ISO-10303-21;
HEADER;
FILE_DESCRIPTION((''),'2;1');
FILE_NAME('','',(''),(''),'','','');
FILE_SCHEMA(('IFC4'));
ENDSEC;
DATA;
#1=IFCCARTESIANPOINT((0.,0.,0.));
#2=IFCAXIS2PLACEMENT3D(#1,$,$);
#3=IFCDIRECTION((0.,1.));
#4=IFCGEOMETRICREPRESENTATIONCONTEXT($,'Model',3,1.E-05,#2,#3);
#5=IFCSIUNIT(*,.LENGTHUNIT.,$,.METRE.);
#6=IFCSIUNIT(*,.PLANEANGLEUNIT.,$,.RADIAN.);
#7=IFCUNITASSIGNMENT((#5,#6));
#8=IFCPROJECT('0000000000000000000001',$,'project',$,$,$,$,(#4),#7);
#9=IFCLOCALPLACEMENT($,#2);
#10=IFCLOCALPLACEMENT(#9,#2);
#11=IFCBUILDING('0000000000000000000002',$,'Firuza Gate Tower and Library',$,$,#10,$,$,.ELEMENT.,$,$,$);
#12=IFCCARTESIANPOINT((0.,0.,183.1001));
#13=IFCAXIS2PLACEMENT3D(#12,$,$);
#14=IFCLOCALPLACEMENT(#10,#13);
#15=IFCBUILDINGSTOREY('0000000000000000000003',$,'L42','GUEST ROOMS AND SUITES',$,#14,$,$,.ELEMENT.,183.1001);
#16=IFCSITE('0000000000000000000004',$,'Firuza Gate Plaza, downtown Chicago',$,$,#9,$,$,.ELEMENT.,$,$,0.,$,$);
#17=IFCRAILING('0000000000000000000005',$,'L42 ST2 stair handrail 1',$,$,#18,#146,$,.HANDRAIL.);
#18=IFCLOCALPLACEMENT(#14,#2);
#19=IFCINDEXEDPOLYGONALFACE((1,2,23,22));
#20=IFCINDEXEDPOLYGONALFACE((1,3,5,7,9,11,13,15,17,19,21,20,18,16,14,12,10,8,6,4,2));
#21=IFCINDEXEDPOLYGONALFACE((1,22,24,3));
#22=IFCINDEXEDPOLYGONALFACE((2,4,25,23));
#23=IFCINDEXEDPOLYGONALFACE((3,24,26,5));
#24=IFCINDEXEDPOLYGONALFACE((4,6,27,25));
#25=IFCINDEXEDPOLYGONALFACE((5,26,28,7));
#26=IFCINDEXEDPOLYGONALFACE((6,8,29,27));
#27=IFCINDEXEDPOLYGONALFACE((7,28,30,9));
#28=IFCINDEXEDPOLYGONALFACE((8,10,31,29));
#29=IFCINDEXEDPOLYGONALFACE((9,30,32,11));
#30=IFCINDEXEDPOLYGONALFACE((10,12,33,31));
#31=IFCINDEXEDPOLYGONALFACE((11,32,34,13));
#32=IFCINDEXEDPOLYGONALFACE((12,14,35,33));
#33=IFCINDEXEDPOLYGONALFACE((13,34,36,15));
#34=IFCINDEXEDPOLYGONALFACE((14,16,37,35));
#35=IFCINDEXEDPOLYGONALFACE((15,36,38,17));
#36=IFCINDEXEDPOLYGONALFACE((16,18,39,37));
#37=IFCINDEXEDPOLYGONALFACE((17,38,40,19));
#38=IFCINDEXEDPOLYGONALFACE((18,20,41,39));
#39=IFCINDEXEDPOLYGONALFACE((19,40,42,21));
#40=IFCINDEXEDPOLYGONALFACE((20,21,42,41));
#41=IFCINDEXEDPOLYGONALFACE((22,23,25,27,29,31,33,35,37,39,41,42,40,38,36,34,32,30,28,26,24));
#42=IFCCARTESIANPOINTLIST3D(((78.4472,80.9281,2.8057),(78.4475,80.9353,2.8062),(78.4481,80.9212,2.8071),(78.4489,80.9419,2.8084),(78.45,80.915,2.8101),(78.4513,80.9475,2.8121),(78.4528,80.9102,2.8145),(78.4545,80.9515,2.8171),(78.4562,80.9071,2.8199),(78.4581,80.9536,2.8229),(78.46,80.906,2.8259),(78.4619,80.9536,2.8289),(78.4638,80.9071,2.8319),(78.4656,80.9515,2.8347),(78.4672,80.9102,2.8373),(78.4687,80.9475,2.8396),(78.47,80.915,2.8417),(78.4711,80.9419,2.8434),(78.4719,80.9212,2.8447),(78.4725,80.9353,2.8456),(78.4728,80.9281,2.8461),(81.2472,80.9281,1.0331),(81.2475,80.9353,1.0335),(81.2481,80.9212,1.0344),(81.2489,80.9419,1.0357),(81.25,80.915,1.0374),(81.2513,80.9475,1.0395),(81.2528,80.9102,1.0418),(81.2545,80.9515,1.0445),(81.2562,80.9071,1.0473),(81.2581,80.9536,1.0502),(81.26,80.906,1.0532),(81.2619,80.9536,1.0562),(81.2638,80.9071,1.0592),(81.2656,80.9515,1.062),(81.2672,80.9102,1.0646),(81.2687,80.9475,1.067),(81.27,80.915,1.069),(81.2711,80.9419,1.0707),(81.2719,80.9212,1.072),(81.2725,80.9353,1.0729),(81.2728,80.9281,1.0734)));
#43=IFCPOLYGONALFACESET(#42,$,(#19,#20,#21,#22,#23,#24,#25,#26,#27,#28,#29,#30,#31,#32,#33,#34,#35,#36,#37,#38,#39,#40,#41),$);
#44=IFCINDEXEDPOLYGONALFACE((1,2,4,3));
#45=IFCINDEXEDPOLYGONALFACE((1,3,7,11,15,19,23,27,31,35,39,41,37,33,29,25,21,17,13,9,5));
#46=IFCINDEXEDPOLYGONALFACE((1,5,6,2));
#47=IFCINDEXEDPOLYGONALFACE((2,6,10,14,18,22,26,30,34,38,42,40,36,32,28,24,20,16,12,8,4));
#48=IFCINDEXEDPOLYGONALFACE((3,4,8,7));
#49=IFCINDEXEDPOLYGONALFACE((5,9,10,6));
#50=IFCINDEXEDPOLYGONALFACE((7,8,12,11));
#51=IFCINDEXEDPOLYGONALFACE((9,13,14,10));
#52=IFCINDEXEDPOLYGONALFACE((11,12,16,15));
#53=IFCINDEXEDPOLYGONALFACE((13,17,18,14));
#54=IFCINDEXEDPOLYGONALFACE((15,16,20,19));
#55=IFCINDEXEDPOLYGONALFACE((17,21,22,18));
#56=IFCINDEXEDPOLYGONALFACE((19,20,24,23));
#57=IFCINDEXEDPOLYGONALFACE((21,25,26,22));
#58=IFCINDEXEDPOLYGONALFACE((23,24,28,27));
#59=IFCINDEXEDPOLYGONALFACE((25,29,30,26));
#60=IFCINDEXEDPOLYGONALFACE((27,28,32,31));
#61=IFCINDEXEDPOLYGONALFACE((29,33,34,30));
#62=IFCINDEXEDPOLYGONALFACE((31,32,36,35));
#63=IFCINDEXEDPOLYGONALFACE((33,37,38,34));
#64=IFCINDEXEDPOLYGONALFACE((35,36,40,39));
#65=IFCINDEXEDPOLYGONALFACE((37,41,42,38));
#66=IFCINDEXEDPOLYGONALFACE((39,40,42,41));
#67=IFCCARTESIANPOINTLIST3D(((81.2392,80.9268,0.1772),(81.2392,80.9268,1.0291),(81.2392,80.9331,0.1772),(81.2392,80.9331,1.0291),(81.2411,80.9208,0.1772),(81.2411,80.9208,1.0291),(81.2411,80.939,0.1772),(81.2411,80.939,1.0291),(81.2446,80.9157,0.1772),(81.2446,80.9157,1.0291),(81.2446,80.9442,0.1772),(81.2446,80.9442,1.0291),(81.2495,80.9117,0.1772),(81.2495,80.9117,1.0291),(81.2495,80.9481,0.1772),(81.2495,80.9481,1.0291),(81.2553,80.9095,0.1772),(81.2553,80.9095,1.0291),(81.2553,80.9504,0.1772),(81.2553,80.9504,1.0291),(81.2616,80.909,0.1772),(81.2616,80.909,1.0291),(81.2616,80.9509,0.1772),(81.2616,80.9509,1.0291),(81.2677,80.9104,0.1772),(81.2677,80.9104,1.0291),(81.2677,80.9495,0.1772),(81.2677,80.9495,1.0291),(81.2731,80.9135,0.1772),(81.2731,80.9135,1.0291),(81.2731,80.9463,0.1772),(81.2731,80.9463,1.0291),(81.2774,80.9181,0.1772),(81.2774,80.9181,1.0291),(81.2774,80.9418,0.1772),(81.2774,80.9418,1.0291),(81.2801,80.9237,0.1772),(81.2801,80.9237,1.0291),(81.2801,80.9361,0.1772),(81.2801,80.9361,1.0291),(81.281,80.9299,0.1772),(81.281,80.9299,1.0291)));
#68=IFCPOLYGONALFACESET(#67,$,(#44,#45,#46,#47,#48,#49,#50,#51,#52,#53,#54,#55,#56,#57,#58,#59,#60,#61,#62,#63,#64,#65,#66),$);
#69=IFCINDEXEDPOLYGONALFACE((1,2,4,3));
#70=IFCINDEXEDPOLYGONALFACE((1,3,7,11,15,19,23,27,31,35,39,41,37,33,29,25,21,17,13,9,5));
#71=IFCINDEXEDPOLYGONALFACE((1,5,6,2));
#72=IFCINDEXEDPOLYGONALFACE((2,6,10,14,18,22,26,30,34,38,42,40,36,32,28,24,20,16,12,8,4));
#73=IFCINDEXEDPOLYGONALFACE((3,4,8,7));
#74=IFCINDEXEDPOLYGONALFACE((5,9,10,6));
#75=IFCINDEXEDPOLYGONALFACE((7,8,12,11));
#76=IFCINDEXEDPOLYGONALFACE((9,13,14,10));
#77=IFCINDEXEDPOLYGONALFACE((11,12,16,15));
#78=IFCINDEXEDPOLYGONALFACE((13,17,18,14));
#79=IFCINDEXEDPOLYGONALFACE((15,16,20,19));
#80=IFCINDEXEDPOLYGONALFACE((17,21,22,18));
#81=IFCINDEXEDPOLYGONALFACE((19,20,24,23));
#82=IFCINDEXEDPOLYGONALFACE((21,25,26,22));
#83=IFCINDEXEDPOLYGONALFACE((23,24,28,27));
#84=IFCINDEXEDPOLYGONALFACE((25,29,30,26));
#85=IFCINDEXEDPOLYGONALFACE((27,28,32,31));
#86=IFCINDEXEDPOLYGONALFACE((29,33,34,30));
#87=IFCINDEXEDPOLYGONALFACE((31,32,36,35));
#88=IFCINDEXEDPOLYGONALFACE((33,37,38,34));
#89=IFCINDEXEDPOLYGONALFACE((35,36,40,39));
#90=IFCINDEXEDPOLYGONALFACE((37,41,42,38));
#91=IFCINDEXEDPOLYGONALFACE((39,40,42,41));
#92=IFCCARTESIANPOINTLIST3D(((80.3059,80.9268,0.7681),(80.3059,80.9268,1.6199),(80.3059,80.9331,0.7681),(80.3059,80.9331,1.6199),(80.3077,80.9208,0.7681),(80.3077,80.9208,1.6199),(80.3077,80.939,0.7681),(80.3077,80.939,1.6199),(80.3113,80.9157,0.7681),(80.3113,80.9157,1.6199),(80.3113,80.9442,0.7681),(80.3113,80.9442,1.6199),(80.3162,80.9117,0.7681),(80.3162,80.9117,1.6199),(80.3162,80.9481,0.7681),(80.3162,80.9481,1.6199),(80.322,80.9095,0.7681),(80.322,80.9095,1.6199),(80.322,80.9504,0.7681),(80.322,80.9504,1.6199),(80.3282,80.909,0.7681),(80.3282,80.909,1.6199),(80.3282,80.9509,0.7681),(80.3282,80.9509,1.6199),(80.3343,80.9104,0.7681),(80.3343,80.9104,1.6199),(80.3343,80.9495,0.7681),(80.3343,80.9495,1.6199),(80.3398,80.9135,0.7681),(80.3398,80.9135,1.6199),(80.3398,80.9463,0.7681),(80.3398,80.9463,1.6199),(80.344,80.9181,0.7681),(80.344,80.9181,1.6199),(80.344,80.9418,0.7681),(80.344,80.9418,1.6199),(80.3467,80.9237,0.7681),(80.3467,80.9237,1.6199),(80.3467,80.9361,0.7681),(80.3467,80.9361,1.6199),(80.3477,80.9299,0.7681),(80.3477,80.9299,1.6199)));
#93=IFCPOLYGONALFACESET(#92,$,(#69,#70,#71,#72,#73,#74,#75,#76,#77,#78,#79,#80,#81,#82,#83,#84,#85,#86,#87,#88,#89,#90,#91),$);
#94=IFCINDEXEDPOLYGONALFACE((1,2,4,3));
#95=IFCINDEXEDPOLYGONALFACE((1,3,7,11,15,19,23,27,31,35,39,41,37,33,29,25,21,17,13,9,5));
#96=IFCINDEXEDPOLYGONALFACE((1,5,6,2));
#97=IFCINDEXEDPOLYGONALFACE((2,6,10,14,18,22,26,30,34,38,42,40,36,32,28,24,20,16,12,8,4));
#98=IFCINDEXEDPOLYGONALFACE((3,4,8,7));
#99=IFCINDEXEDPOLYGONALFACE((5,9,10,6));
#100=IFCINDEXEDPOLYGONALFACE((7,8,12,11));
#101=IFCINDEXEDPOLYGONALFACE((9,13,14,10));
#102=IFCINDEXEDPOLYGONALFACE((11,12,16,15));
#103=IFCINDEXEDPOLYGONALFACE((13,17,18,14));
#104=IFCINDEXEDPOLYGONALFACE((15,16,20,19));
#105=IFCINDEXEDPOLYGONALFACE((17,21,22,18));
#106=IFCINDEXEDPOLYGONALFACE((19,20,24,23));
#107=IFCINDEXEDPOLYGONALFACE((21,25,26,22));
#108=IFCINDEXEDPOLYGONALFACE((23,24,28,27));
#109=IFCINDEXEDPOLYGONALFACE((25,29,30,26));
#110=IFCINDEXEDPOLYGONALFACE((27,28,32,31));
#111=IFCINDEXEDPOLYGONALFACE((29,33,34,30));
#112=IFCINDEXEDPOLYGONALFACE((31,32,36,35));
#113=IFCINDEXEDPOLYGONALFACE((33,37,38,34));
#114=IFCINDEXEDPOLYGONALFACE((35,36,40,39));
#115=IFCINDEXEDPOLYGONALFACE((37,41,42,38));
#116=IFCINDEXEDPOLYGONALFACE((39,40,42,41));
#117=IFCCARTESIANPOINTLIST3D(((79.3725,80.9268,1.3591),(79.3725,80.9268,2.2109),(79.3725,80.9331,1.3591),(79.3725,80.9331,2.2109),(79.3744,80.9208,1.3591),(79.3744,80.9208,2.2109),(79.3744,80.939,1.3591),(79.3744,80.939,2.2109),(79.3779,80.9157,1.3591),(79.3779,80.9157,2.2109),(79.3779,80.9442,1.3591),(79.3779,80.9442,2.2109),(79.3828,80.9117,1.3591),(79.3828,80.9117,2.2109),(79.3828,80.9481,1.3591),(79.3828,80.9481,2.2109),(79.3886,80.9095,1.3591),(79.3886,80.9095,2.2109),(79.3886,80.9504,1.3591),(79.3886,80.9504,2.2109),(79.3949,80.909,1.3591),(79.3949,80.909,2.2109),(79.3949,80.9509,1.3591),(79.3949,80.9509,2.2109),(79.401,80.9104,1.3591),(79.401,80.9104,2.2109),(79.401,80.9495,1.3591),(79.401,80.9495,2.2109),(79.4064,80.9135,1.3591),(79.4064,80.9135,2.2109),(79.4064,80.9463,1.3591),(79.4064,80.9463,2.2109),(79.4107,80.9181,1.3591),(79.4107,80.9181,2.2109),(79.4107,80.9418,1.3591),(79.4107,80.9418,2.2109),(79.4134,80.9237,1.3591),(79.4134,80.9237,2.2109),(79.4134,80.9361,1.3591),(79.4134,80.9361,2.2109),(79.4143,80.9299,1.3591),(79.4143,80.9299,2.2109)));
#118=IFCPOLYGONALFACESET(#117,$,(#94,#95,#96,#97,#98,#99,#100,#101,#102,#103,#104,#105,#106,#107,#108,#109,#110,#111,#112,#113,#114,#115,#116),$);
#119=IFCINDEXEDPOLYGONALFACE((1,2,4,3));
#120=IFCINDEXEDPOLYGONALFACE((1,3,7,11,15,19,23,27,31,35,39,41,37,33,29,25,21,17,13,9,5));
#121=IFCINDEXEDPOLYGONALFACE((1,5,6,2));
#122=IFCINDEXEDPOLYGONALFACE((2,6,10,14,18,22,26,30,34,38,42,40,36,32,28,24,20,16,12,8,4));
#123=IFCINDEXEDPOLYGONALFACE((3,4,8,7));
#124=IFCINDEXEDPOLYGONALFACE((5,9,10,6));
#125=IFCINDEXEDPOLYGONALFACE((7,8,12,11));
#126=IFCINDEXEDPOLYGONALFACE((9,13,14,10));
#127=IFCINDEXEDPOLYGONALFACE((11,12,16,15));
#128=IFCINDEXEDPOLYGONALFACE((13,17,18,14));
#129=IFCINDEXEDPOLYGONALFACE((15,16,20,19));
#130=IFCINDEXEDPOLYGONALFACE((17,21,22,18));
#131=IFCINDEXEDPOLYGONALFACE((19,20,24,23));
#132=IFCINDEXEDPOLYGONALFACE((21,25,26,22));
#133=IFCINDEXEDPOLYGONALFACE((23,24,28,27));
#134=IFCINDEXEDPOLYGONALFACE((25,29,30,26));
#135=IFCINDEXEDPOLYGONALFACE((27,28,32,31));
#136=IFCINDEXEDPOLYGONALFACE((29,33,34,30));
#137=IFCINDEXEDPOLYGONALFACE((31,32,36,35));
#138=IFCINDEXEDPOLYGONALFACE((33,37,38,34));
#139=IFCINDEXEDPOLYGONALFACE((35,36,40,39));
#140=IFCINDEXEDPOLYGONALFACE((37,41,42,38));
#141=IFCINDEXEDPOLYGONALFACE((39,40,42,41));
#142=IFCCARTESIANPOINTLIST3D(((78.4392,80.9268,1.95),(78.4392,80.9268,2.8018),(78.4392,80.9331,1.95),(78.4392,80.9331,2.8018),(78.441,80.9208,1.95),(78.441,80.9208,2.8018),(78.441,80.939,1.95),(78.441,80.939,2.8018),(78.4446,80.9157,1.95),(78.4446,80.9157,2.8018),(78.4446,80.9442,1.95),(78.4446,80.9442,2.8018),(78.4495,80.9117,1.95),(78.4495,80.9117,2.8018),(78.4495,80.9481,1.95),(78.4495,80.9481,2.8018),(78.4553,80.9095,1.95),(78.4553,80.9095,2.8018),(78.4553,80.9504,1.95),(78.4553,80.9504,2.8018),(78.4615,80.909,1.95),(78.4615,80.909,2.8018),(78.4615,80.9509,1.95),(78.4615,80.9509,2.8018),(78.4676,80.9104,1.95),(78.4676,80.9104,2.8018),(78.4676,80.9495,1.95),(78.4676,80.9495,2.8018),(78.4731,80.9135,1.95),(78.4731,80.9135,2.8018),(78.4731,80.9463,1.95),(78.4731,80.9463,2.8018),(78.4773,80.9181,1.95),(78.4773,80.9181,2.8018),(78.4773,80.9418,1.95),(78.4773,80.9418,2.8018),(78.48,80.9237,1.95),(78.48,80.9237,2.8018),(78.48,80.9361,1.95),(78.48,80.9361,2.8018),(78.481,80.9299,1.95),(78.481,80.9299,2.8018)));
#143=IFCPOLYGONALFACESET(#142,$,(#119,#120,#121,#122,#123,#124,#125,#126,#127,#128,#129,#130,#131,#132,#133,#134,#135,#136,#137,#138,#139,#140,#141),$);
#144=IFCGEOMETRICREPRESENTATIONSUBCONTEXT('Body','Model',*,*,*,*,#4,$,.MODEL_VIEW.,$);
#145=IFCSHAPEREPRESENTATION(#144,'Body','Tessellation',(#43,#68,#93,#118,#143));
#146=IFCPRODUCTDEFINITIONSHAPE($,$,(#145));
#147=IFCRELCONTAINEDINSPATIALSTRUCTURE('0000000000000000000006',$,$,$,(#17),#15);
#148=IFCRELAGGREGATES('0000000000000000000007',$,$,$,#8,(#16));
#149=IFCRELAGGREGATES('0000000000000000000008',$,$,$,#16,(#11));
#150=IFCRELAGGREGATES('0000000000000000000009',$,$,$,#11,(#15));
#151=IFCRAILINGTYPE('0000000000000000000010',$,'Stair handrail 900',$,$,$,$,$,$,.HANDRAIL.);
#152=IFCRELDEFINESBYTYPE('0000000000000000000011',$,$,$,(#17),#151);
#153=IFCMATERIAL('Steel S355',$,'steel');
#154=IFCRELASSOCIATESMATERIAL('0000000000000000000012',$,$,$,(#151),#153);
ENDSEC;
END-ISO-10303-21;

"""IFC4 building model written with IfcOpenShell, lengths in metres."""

from ifc_helpers import new_model, si_unit, direction, frame, origin, origin_2d, place, context, subcontext, project, spatial, circle, extrude, material, type_object, element, save


model = new_model("IFC4")

# Units and contexts
model_context = context("Model", 3, precision=1e-05, world=origin(), true_north=direction((0.0, 1.0)))
body_context = subcontext(model_context, "Body", "Model", "MODEL_VIEW")
ifc_project = project(units=[si_unit("LENGTHUNIT", "METRE"), si_unit("PLANEANGLEUNIT", "RADIAN")], contexts=[model_context])

# Site, building, storey
site_placement = place(None, origin())
site = spatial("IfcSite", under=ifc_project, at=site_placement, Name="Firuza Gate Plaza, downtown Chicago", CompositionType="ELEMENT", RefElevation=0.0)
building_placement = place(site_placement, origin())
building = spatial("IfcBuilding", under=site, at=building_placement, Name="Firuza Gate Tower and Library", CompositionType="ELEMENT")
storey_placement = place(building_placement, frame((0.0, 0.0, 183.1001)))
storey = spatial("IfcBuildingStorey", under=building, at=storey_placement, Name="L42", Description="GUEST ROOMS AND SUITES", CompositionType="ELEMENT", Elevation=183.1001)

# Railing
ifc_material_1 = material(Name="Steel S355", Category="steel")
railing_type_1 = type_object("IfcRailingType", Name="Stair handrail 900", PredefinedType="HANDRAIL", material=ifc_material_1)
railing_1_placement = place(storey_placement, frame((81.26, 80.9299, 0.1772)))
element("IfcRailing", 1, at=railing_1_placement, inside=storey, type_object=railing_type_1, Name="L42 ST2 stair handrail 1", PredefinedType="HANDRAIL", context=body_context, shape_type="SweptSolid", body=[
    extrude(circle(Radius=0.0239, at=origin_2d()), frame((0.0, 0.0, 0.876), z_axis=(-0.844909, 0.0, 0.53491), x_axis=(0.0, -1.0, 0.0)), (0.0, 0.0, 1.0), 3.314),
    extrude(circle(Radius=0.021, at=origin_2d()), origin(), (0.0, 0.0, 1.0), 0.8518),
    extrude(circle(Radius=0.021, at=origin_2d()), frame((-0.9333, 0.0, 0.5908)), (0.0, 0.0, 1.0), 0.8518),
    extrude(circle(Radius=0.021, at=origin_2d()), frame((-1.8667, 0.0, 1.1819)), (0.0, 0.0, 1.0), 0.8518),
    extrude(circle(Radius=0.021, at=origin_2d()), frame((-2.8, 0.0, 1.7727)), (0.0, 0.0, 1.0), 0.8518),
])

save(model, "model.ifc")
